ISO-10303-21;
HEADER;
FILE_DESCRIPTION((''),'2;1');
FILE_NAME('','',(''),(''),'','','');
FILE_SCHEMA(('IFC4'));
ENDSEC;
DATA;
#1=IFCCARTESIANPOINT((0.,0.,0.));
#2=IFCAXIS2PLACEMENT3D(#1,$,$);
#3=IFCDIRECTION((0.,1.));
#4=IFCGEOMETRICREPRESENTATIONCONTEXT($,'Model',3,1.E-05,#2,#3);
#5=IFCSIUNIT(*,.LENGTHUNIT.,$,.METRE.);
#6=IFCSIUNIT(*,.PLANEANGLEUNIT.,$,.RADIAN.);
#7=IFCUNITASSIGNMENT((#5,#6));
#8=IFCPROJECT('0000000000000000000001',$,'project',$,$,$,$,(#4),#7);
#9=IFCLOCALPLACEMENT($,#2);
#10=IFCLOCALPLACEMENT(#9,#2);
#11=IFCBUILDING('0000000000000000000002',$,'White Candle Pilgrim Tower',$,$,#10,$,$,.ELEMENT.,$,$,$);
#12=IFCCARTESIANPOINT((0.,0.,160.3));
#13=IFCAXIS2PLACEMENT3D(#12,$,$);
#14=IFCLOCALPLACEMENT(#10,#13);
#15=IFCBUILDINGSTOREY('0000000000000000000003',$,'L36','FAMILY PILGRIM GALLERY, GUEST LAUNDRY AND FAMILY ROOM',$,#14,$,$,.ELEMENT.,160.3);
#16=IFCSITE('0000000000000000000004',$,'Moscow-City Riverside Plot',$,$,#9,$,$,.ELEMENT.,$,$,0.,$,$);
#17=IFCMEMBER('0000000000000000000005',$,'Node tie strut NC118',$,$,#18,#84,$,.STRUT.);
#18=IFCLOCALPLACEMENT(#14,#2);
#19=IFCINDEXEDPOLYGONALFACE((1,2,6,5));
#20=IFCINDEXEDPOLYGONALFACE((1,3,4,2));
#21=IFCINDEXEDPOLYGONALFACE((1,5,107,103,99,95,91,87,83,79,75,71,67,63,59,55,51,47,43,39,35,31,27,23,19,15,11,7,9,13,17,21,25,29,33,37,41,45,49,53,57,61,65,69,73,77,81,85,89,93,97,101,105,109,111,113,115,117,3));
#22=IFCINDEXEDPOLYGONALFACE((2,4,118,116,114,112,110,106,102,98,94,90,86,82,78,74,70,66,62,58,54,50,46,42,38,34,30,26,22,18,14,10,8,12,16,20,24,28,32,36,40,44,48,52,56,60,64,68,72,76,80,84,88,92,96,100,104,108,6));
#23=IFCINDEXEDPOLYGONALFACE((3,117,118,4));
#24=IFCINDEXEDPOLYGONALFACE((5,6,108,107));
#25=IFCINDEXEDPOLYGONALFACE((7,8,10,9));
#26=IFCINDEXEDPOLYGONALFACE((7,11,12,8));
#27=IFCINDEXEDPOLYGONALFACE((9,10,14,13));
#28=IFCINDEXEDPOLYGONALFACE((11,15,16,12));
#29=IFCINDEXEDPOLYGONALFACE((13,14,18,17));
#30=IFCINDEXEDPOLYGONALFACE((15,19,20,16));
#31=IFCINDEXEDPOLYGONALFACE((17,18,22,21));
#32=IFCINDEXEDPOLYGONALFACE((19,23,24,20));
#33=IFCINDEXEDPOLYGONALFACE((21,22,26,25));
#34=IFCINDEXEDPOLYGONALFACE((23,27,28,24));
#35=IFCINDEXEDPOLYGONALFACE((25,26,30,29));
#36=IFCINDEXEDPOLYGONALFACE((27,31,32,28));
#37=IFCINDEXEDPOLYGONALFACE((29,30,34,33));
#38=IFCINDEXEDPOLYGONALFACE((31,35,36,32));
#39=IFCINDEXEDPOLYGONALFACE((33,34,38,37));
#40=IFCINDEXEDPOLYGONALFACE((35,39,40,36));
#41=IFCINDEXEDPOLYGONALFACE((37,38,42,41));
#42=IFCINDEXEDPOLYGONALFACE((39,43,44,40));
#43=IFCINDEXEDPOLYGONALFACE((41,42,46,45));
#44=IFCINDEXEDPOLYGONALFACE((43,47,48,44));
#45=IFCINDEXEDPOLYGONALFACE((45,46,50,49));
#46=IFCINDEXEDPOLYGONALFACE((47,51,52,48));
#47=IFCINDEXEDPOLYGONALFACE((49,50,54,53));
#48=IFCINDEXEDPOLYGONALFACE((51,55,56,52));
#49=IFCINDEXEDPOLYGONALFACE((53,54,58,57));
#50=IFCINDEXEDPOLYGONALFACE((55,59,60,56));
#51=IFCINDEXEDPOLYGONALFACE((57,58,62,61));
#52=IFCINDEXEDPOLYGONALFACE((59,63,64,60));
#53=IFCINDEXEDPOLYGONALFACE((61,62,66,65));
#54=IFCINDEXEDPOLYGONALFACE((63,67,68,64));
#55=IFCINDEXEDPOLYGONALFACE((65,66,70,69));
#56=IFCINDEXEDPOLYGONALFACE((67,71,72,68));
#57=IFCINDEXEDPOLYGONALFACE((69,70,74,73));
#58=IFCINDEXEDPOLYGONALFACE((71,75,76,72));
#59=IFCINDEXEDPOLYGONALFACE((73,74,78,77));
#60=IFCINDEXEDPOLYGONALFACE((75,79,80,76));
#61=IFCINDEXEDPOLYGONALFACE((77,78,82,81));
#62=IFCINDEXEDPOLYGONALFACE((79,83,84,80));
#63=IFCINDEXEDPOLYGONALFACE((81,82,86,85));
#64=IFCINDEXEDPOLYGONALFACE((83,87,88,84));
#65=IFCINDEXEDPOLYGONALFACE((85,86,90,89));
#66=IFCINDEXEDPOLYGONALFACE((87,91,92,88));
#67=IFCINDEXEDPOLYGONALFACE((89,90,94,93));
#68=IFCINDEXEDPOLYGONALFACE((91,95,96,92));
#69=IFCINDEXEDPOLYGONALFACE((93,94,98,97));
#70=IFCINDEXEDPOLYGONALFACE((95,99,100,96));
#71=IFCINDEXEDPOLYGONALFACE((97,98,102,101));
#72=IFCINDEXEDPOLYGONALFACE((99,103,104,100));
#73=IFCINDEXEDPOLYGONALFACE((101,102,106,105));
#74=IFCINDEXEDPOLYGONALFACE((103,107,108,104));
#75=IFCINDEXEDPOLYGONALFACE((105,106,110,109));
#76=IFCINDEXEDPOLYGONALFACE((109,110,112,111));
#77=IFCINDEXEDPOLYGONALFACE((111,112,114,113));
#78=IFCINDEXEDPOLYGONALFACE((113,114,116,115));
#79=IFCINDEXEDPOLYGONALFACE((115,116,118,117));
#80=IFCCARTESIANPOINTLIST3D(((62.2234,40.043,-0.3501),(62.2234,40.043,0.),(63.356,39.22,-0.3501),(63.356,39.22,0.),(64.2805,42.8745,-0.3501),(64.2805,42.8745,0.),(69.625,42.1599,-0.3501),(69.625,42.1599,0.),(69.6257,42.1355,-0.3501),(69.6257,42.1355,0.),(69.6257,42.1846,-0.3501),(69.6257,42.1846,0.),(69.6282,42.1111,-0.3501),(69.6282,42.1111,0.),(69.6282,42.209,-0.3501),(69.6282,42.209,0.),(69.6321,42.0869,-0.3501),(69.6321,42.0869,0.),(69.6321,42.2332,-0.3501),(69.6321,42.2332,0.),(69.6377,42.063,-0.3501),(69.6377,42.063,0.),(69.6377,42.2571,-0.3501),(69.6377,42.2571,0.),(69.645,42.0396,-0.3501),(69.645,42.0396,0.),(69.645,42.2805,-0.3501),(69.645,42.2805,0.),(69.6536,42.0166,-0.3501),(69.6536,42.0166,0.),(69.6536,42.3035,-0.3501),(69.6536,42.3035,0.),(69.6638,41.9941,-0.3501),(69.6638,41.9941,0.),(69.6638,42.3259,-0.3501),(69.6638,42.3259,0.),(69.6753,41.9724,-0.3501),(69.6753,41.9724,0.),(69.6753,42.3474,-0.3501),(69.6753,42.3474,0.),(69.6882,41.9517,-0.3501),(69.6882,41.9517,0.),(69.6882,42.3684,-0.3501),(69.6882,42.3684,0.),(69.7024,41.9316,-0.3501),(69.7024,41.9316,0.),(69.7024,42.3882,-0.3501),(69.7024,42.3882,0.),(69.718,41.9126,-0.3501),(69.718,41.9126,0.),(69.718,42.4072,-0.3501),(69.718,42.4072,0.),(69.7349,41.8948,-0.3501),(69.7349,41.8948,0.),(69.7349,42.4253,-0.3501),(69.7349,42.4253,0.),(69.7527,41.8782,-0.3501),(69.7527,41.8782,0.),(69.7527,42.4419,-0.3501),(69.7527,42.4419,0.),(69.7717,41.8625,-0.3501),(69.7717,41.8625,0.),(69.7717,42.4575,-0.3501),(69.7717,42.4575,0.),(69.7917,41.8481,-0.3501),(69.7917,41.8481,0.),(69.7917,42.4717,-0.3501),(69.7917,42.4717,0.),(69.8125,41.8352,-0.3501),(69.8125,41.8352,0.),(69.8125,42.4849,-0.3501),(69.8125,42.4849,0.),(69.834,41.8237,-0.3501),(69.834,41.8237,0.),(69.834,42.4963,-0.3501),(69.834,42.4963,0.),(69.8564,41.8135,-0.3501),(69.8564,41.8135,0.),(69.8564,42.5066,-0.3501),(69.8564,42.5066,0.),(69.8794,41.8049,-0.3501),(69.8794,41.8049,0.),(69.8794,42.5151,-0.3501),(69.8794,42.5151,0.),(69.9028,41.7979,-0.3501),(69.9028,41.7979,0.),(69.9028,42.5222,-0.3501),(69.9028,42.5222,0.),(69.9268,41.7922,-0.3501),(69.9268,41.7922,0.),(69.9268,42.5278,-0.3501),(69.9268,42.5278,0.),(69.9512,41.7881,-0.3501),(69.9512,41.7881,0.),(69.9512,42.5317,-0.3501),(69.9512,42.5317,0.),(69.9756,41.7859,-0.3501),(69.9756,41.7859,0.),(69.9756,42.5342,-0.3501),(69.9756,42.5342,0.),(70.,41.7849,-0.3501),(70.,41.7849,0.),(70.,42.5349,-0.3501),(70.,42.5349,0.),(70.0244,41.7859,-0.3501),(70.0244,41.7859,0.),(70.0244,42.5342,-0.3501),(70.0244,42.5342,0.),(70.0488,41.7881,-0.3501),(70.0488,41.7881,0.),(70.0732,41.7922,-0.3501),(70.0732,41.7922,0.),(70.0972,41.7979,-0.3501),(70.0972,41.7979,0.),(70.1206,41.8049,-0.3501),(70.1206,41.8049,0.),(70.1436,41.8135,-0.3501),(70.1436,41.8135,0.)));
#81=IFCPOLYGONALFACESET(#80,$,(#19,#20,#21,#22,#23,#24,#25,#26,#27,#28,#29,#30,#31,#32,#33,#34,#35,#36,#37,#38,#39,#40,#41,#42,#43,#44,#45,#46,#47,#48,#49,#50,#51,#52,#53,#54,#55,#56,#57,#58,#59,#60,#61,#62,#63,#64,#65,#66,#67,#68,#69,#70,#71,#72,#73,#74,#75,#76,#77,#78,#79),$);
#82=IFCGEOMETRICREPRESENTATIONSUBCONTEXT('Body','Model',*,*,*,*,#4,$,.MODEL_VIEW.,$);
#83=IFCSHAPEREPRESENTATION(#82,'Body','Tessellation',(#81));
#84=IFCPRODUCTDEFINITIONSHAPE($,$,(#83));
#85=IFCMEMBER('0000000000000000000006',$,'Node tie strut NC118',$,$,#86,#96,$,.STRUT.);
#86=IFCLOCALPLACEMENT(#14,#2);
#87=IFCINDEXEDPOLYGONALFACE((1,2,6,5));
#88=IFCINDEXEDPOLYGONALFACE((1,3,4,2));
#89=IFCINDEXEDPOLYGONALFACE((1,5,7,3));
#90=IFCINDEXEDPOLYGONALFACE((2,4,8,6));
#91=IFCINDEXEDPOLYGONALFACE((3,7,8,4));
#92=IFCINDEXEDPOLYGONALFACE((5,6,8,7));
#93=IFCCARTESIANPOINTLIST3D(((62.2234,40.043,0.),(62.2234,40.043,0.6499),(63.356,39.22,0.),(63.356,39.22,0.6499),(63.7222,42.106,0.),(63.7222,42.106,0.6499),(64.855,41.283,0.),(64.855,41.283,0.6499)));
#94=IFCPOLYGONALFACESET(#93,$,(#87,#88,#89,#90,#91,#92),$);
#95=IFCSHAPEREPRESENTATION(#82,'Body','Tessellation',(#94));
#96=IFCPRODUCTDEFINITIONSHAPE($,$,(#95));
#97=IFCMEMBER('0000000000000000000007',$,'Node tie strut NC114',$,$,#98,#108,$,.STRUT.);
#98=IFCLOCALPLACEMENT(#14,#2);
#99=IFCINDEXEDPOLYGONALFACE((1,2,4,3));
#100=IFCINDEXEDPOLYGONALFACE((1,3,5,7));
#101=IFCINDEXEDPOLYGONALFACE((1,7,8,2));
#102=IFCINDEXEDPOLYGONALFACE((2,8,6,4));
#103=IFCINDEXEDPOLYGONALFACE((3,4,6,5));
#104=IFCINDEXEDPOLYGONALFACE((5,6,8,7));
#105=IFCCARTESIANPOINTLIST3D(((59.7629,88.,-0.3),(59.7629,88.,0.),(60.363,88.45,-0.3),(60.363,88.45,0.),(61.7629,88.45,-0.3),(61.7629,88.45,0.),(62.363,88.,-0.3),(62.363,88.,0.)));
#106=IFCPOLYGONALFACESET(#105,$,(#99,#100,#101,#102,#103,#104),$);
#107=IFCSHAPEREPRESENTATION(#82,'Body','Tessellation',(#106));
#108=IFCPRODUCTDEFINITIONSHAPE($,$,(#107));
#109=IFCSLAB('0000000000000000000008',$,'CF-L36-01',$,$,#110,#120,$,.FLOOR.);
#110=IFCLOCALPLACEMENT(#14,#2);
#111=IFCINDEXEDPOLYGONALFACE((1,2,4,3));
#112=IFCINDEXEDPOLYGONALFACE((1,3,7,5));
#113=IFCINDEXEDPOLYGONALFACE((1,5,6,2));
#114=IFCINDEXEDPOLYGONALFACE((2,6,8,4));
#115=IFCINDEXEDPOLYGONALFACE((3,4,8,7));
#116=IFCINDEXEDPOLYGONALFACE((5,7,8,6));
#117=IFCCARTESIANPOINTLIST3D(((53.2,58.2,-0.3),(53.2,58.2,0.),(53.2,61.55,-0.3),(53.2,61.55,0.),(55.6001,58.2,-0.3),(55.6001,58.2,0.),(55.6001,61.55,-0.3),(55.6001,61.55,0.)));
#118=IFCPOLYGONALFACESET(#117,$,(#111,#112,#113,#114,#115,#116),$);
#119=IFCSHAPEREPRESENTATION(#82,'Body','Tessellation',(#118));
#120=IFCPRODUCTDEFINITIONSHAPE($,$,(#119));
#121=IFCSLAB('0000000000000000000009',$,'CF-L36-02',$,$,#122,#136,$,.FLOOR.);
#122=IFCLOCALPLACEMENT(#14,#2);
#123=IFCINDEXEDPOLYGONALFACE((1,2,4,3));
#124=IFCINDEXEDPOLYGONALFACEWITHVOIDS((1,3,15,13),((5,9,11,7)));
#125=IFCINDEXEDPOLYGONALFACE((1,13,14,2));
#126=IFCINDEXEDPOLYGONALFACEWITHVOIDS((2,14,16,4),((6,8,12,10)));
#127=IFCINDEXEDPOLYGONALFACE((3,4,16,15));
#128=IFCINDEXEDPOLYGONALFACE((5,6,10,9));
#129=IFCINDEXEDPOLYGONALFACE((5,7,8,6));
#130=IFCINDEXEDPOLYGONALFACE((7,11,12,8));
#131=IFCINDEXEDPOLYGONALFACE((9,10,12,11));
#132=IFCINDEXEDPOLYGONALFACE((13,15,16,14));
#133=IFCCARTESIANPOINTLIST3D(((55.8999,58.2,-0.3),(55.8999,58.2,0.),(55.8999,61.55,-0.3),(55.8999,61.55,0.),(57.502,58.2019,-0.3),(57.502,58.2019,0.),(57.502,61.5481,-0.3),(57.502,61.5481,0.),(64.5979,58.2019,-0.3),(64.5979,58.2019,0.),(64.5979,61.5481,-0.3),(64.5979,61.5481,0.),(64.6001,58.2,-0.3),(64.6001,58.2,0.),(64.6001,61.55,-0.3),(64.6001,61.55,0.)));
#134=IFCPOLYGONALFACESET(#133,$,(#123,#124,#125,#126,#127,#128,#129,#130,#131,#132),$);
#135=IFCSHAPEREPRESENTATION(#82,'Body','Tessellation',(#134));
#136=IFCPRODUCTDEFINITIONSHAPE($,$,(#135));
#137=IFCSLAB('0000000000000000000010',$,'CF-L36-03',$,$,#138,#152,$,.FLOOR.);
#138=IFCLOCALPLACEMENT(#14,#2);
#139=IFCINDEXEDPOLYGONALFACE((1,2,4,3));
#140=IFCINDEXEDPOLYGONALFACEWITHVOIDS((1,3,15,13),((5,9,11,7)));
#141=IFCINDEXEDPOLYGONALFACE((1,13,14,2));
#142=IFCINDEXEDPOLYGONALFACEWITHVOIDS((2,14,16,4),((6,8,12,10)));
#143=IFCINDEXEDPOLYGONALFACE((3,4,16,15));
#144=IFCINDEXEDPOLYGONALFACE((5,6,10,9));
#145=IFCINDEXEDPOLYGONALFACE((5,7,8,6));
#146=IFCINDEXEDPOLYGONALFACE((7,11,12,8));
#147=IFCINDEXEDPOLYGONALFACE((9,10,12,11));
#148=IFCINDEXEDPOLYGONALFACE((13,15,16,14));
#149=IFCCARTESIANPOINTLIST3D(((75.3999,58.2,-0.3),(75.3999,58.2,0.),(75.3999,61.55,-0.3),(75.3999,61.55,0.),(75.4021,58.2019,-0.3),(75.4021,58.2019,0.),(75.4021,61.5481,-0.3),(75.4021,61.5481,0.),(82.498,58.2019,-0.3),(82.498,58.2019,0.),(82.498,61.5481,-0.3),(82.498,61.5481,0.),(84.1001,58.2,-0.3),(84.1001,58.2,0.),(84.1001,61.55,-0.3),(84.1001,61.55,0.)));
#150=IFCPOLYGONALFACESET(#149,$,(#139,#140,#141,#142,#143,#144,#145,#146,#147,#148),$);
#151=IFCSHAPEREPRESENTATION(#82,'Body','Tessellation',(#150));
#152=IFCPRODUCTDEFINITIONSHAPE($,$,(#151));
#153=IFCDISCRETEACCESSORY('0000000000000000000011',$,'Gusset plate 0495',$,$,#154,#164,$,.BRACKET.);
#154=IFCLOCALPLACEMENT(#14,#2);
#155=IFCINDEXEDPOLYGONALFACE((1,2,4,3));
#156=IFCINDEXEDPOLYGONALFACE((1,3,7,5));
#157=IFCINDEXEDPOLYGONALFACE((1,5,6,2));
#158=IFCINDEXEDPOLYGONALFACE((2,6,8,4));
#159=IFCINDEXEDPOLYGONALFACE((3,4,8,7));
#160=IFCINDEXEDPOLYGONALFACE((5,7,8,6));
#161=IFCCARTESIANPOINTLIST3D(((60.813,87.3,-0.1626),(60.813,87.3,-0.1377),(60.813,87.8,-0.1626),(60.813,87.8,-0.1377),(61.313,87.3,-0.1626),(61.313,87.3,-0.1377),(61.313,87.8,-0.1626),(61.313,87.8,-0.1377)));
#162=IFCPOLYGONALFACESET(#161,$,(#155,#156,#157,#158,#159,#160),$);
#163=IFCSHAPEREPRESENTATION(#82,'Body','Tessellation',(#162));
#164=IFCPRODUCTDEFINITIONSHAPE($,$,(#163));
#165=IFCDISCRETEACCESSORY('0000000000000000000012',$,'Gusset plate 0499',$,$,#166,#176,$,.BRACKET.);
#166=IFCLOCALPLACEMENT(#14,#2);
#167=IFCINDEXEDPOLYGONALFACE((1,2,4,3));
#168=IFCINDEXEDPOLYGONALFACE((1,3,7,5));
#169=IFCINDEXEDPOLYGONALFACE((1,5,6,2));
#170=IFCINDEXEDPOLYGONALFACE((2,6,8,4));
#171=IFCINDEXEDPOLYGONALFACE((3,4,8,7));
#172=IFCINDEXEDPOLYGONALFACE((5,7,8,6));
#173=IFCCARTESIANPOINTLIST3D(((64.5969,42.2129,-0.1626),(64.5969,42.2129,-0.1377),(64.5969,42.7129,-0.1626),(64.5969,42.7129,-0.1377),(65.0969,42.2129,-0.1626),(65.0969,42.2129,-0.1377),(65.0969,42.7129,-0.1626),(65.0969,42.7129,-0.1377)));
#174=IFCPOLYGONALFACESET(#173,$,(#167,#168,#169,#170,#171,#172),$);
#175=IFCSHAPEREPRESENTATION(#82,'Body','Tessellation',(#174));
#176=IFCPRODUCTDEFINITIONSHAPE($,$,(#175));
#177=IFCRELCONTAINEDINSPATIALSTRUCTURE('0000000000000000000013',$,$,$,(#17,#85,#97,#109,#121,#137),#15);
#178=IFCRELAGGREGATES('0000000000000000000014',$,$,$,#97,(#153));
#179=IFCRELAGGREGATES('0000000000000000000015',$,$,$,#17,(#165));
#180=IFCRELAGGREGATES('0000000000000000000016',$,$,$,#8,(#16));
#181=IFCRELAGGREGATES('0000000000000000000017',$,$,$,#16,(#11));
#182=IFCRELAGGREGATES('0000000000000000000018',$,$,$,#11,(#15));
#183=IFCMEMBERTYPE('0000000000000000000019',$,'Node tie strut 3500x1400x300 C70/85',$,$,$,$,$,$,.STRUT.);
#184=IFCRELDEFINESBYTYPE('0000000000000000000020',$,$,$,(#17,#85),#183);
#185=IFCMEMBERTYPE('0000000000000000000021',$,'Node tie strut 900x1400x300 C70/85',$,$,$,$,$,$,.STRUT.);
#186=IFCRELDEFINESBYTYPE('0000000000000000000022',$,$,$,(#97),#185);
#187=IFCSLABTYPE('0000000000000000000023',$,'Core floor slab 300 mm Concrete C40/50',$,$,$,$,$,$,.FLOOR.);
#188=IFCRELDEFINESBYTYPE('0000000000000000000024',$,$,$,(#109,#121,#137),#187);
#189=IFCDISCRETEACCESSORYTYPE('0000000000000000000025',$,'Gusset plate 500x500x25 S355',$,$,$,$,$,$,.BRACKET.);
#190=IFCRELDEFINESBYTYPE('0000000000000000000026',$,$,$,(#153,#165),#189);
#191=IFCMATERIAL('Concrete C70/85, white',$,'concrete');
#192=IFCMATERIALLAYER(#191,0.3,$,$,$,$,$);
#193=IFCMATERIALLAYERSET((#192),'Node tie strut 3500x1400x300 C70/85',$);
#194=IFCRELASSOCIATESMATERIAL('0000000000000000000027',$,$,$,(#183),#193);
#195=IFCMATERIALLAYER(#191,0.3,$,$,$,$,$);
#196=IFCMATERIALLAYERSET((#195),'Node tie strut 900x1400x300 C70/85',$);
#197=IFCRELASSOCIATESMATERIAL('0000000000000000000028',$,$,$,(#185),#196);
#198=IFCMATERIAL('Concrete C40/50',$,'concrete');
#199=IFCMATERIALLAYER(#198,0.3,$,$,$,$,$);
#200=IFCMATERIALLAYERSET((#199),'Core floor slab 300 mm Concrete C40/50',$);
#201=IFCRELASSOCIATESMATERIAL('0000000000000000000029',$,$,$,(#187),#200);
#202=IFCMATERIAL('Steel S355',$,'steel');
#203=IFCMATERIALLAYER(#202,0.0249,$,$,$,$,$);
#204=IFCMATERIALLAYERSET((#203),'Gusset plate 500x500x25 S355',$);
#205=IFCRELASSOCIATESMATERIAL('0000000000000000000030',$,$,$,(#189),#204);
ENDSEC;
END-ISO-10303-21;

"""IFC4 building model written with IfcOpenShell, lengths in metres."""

from ifc_helpers import new_model, si_unit, direction, frame, origin, origin_2d, place, context, subcontext, project, spatial, polyline, rectangle, outline, extrude, material, layer, layer_set, type_object, element, aggregate, save


model = new_model("IFC4")

# Units and contexts
model_context = context("Model", 3, precision=1e-05, world=origin(), true_north=direction((0.0, 1.0)))
body_context = subcontext(model_context, "Body", "Model", "MODEL_VIEW")
ifc_project = project(units=[si_unit("LENGTHUNIT", "METRE"), si_unit("PLANEANGLEUNIT", "RADIAN")], contexts=[model_context])

# Site, building, storey
site_placement = place(None, origin())
site = spatial("IfcSite", under=ifc_project, at=site_placement, Name="Moscow-City Riverside Plot", CompositionType="ELEMENT", RefElevation=0.0)
building_placement = place(site_placement, origin())
building = spatial("IfcBuilding", under=site, at=building_placement, Name="White Candle Pilgrim Tower", CompositionType="ELEMENT")
storey_placement = place(building_placement, frame((0.0, 0.0, 160.3)))
storey = spatial("IfcBuildingStorey", under=building, at=storey_placement, Name="L36", Description="FAMILY PILGRIM GALLERY, GUEST LAUNDRY AND FAMILY ROOM", CompositionType="ELEMENT", Elevation=160.3)

# Members
ifc_material_1 = material(Name="Concrete C70/85, white", Category="concrete")
ifc_layer_1 = layer(ifc_material_1, 0.3)
ifc_layer_set_1 = layer_set([ifc_layer_1], Name="Node tie strut 3500x1400x300 C70/85")
member_type_1 = type_object("IfcMemberType", Name="Node tie strut 3500x1400x300 C70/85", PredefinedType="STRUT", material=ifc_layer_set_1)
member_1_placement = place(storey_placement, frame((0.0, 0.0, -0.3501)))
member_1 = element("IfcMember", 1, at=member_1_placement, inside=storey, type_object=member_type_1, Name="Node tie strut NC118", PredefinedType="STRUT", context=body_context, shape_type="SweptSolid", body=[
    extrude(outline(polyline([(63.356, 39.22), (70.1436, 41.8135), (70.1206, 41.8049), (70.0972, 41.7979), (70.0732, 41.7922), (70.0488, 41.7881), (70.0244, 41.7859), (70.0, 41.7849), (69.9756, 41.7859), (69.9512, 41.7881), (69.9268, 41.7922), (69.9028, 41.7979), (69.8794, 41.8049), (69.8564, 41.8135), (69.834, 41.8237), (69.8125, 41.8352), (69.7917, 41.8481), (69.7717, 41.8625), (69.7527, 41.8782), (69.7349, 41.8948), (69.718, 41.9126), (69.7024, 41.9316), (69.6882, 41.9517), (69.6753, 41.9724), (69.6638, 41.9941), (69.6536, 42.0166), (69.645, 42.0396), (69.6377, 42.063), (69.6321, 42.0869), (69.6282, 42.1111), (69.6257, 42.1355), (69.625, 42.1599), (69.6257, 42.1846), (69.6282, 42.209), (69.6321, 42.2332), (69.6377, 42.2571), (69.645, 42.2805), (69.6536, 42.3035), (69.6638, 42.3259), (69.6753, 42.3474), (69.6882, 42.3684), (69.7024, 42.3882), (69.718, 42.4072), (69.7349, 42.4253), (69.7527, 42.4419), (69.7717, 42.4575), (69.7917, 42.4717), (69.8125, 42.4849), (69.834, 42.4963), (69.8564, 42.5066), (69.8794, 42.5151), (69.9028, 42.5222), (69.9268, 42.5278), (69.9512, 42.5317), (69.9756, 42.5342), (70.0, 42.5349), (70.0244, 42.5342), (64.2805, 42.8745), (62.2234, 40.043), (63.356, 39.22)])), origin(), (0.0, 0.0, 1.0), 0.3501),
])
member_2_placement = place(storey_placement, origin())
element("IfcMember", 2, at=member_2_placement, inside=storey, type_object=member_type_1, Name="Node tie strut NC118", PredefinedType="STRUT", context=body_context, shape_type="SweptSolid", body=[
    extrude(outline(polyline([(63.356, 39.22), (64.855, 41.283), (63.7222, 42.106), (62.2234, 40.043), (63.356, 39.22)])), origin(), (0.0, 0.0, 1.0), 0.6499),
])
ifc_layer_2 = layer(ifc_material_1, 0.3)
ifc_layer_set_2 = layer_set([ifc_layer_2], Name="Node tie strut 900x1400x300 C70/85")
member_type_2 = type_object("IfcMemberType", Name="Node tie strut 900x1400x300 C70/85", PredefinedType="STRUT", material=ifc_layer_set_2)
member_3_placement = place(storey_placement, frame((0.0, 0.0, -0.3)))
member_3 = element("IfcMember", 3, at=member_3_placement, inside=storey, type_object=member_type_2, Name="Node tie strut NC114", PredefinedType="STRUT", context=body_context, shape_type="SweptSolid", body=[
    extrude(outline(polyline([(59.7629, 88.0), (62.363, 88.0), (61.7629, 88.45), (60.363, 88.45), (59.7629, 88.0)])), origin(), (0.0, 0.0, 1.0), 0.3),
])

# Slabs
ifc_material_2 = material(Name="Concrete C40/50", Category="concrete")
ifc_layer_3 = layer(ifc_material_2, 0.3)
ifc_layer_set_3 = layer_set([ifc_layer_3], Name="Core floor slab 300 mm Concrete C40/50")
slab_type_1 = type_object("IfcSlabType", Name="Core floor slab 300 mm Concrete C40/50", PredefinedType="FLOOR", material=ifc_layer_set_3)
slab_1_placement = place(storey_placement, frame((0.0, 0.0, -0.3)))
element("IfcSlab", 4, at=slab_1_placement, inside=storey, type_object=slab_type_1, Name="CF-L36-01", PredefinedType="FLOOR", context=body_context, shape_type="SweptSolid", body=[
    extrude(outline(polyline([(55.6001, 58.2), (53.2, 58.2), (53.2, 61.55), (55.6001, 61.55), (55.6001, 58.2)])), origin(), (0.0, 0.0, 1.0), 0.3),
])
slab_2_placement = place(storey_placement, frame((0.0, 0.0, -0.3)))
element("IfcSlab", 5, at=slab_2_placement, inside=storey, type_object=slab_type_1, Name="CF-L36-02", PredefinedType="FLOOR", context=body_context, shape_type="SweptSolid", body=[
    extrude(outline(polyline([(55.8999, 58.2), (55.8999, 61.55), (64.6001, 61.55), (64.6001, 58.2), (55.8999, 58.2)]), holes=[polyline([(57.502, 61.5481), (57.502, 58.2019), (64.5979, 58.2019), (64.5979, 61.5481), (57.502, 61.5481)])]), origin(), (0.0, 0.0, 1.0), 0.3),
])
slab_3_placement = place(storey_placement, frame((0.0, 0.0, -0.3)))
element("IfcSlab", 6, at=slab_3_placement, inside=storey, type_object=slab_type_1, Name="CF-L36-03", PredefinedType="FLOOR", context=body_context, shape_type="SweptSolid", body=[
    extrude(outline(polyline([(75.3999, 58.2), (75.3999, 61.55), (84.1001, 61.55), (84.1001, 58.2), (75.3999, 58.2)]), holes=[polyline([(82.498, 58.2019), (82.498, 61.5481), (75.4021, 61.5481), (75.4021, 58.2019), (82.498, 58.2019)])]), origin(), (0.0, 0.0, 1.0), 0.3),
])

# Discrete accessories
ifc_material_3 = material(Name="Steel S355", Category="steel")
ifc_layer_4 = layer(ifc_material_3, 0.0249)
ifc_layer_set_4 = layer_set([ifc_layer_4], Name="Gusset plate 500x500x25 S355")
discrete_accessory_type = type_object("IfcDiscreteAccessoryType", Name="Gusset plate 500x500x25 S355", PredefinedType="BRACKET", material=ifc_layer_set_4)
discrete_accessory_1_placement = place(storey_placement, frame((61.063, 87.55, -0.1626), z_axis=(0.0, 0.0, 1.0), x_axis=(1.0, 0.0, 0.0)))
discrete_accessory_1 = element("IfcDiscreteAccessory", 7, at=discrete_accessory_1_placement, type_object=discrete_accessory_type, Name="Gusset plate 0495", PredefinedType="BRACKET", context=body_context, shape_type="SweptSolid", body=[
    extrude(rectangle(XDim=0.5, YDim=0.5, at=origin_2d()), origin(), (0.0, 0.0, 1.0), 0.0249),
])
aggregate(member_3, [discrete_accessory_1])
discrete_accessory_2_placement = place(storey_placement, frame((64.8469, 42.4629, -0.1626), z_axis=(0.0, 0.0, 1.0), x_axis=(1.0, 0.0, 0.0)))
discrete_accessory_2 = element("IfcDiscreteAccessory", 8, at=discrete_accessory_2_placement, type_object=discrete_accessory_type, Name="Gusset plate 0499", PredefinedType="BRACKET", context=body_context, shape_type="SweptSolid", body=[
    extrude(rectangle(XDim=0.5, YDim=0.5, at=origin_2d()), origin(), (0.0, 0.0, 1.0), 0.0249),
])
aggregate(member_1, [discrete_accessory_2])

save(model, "model.ifc")
